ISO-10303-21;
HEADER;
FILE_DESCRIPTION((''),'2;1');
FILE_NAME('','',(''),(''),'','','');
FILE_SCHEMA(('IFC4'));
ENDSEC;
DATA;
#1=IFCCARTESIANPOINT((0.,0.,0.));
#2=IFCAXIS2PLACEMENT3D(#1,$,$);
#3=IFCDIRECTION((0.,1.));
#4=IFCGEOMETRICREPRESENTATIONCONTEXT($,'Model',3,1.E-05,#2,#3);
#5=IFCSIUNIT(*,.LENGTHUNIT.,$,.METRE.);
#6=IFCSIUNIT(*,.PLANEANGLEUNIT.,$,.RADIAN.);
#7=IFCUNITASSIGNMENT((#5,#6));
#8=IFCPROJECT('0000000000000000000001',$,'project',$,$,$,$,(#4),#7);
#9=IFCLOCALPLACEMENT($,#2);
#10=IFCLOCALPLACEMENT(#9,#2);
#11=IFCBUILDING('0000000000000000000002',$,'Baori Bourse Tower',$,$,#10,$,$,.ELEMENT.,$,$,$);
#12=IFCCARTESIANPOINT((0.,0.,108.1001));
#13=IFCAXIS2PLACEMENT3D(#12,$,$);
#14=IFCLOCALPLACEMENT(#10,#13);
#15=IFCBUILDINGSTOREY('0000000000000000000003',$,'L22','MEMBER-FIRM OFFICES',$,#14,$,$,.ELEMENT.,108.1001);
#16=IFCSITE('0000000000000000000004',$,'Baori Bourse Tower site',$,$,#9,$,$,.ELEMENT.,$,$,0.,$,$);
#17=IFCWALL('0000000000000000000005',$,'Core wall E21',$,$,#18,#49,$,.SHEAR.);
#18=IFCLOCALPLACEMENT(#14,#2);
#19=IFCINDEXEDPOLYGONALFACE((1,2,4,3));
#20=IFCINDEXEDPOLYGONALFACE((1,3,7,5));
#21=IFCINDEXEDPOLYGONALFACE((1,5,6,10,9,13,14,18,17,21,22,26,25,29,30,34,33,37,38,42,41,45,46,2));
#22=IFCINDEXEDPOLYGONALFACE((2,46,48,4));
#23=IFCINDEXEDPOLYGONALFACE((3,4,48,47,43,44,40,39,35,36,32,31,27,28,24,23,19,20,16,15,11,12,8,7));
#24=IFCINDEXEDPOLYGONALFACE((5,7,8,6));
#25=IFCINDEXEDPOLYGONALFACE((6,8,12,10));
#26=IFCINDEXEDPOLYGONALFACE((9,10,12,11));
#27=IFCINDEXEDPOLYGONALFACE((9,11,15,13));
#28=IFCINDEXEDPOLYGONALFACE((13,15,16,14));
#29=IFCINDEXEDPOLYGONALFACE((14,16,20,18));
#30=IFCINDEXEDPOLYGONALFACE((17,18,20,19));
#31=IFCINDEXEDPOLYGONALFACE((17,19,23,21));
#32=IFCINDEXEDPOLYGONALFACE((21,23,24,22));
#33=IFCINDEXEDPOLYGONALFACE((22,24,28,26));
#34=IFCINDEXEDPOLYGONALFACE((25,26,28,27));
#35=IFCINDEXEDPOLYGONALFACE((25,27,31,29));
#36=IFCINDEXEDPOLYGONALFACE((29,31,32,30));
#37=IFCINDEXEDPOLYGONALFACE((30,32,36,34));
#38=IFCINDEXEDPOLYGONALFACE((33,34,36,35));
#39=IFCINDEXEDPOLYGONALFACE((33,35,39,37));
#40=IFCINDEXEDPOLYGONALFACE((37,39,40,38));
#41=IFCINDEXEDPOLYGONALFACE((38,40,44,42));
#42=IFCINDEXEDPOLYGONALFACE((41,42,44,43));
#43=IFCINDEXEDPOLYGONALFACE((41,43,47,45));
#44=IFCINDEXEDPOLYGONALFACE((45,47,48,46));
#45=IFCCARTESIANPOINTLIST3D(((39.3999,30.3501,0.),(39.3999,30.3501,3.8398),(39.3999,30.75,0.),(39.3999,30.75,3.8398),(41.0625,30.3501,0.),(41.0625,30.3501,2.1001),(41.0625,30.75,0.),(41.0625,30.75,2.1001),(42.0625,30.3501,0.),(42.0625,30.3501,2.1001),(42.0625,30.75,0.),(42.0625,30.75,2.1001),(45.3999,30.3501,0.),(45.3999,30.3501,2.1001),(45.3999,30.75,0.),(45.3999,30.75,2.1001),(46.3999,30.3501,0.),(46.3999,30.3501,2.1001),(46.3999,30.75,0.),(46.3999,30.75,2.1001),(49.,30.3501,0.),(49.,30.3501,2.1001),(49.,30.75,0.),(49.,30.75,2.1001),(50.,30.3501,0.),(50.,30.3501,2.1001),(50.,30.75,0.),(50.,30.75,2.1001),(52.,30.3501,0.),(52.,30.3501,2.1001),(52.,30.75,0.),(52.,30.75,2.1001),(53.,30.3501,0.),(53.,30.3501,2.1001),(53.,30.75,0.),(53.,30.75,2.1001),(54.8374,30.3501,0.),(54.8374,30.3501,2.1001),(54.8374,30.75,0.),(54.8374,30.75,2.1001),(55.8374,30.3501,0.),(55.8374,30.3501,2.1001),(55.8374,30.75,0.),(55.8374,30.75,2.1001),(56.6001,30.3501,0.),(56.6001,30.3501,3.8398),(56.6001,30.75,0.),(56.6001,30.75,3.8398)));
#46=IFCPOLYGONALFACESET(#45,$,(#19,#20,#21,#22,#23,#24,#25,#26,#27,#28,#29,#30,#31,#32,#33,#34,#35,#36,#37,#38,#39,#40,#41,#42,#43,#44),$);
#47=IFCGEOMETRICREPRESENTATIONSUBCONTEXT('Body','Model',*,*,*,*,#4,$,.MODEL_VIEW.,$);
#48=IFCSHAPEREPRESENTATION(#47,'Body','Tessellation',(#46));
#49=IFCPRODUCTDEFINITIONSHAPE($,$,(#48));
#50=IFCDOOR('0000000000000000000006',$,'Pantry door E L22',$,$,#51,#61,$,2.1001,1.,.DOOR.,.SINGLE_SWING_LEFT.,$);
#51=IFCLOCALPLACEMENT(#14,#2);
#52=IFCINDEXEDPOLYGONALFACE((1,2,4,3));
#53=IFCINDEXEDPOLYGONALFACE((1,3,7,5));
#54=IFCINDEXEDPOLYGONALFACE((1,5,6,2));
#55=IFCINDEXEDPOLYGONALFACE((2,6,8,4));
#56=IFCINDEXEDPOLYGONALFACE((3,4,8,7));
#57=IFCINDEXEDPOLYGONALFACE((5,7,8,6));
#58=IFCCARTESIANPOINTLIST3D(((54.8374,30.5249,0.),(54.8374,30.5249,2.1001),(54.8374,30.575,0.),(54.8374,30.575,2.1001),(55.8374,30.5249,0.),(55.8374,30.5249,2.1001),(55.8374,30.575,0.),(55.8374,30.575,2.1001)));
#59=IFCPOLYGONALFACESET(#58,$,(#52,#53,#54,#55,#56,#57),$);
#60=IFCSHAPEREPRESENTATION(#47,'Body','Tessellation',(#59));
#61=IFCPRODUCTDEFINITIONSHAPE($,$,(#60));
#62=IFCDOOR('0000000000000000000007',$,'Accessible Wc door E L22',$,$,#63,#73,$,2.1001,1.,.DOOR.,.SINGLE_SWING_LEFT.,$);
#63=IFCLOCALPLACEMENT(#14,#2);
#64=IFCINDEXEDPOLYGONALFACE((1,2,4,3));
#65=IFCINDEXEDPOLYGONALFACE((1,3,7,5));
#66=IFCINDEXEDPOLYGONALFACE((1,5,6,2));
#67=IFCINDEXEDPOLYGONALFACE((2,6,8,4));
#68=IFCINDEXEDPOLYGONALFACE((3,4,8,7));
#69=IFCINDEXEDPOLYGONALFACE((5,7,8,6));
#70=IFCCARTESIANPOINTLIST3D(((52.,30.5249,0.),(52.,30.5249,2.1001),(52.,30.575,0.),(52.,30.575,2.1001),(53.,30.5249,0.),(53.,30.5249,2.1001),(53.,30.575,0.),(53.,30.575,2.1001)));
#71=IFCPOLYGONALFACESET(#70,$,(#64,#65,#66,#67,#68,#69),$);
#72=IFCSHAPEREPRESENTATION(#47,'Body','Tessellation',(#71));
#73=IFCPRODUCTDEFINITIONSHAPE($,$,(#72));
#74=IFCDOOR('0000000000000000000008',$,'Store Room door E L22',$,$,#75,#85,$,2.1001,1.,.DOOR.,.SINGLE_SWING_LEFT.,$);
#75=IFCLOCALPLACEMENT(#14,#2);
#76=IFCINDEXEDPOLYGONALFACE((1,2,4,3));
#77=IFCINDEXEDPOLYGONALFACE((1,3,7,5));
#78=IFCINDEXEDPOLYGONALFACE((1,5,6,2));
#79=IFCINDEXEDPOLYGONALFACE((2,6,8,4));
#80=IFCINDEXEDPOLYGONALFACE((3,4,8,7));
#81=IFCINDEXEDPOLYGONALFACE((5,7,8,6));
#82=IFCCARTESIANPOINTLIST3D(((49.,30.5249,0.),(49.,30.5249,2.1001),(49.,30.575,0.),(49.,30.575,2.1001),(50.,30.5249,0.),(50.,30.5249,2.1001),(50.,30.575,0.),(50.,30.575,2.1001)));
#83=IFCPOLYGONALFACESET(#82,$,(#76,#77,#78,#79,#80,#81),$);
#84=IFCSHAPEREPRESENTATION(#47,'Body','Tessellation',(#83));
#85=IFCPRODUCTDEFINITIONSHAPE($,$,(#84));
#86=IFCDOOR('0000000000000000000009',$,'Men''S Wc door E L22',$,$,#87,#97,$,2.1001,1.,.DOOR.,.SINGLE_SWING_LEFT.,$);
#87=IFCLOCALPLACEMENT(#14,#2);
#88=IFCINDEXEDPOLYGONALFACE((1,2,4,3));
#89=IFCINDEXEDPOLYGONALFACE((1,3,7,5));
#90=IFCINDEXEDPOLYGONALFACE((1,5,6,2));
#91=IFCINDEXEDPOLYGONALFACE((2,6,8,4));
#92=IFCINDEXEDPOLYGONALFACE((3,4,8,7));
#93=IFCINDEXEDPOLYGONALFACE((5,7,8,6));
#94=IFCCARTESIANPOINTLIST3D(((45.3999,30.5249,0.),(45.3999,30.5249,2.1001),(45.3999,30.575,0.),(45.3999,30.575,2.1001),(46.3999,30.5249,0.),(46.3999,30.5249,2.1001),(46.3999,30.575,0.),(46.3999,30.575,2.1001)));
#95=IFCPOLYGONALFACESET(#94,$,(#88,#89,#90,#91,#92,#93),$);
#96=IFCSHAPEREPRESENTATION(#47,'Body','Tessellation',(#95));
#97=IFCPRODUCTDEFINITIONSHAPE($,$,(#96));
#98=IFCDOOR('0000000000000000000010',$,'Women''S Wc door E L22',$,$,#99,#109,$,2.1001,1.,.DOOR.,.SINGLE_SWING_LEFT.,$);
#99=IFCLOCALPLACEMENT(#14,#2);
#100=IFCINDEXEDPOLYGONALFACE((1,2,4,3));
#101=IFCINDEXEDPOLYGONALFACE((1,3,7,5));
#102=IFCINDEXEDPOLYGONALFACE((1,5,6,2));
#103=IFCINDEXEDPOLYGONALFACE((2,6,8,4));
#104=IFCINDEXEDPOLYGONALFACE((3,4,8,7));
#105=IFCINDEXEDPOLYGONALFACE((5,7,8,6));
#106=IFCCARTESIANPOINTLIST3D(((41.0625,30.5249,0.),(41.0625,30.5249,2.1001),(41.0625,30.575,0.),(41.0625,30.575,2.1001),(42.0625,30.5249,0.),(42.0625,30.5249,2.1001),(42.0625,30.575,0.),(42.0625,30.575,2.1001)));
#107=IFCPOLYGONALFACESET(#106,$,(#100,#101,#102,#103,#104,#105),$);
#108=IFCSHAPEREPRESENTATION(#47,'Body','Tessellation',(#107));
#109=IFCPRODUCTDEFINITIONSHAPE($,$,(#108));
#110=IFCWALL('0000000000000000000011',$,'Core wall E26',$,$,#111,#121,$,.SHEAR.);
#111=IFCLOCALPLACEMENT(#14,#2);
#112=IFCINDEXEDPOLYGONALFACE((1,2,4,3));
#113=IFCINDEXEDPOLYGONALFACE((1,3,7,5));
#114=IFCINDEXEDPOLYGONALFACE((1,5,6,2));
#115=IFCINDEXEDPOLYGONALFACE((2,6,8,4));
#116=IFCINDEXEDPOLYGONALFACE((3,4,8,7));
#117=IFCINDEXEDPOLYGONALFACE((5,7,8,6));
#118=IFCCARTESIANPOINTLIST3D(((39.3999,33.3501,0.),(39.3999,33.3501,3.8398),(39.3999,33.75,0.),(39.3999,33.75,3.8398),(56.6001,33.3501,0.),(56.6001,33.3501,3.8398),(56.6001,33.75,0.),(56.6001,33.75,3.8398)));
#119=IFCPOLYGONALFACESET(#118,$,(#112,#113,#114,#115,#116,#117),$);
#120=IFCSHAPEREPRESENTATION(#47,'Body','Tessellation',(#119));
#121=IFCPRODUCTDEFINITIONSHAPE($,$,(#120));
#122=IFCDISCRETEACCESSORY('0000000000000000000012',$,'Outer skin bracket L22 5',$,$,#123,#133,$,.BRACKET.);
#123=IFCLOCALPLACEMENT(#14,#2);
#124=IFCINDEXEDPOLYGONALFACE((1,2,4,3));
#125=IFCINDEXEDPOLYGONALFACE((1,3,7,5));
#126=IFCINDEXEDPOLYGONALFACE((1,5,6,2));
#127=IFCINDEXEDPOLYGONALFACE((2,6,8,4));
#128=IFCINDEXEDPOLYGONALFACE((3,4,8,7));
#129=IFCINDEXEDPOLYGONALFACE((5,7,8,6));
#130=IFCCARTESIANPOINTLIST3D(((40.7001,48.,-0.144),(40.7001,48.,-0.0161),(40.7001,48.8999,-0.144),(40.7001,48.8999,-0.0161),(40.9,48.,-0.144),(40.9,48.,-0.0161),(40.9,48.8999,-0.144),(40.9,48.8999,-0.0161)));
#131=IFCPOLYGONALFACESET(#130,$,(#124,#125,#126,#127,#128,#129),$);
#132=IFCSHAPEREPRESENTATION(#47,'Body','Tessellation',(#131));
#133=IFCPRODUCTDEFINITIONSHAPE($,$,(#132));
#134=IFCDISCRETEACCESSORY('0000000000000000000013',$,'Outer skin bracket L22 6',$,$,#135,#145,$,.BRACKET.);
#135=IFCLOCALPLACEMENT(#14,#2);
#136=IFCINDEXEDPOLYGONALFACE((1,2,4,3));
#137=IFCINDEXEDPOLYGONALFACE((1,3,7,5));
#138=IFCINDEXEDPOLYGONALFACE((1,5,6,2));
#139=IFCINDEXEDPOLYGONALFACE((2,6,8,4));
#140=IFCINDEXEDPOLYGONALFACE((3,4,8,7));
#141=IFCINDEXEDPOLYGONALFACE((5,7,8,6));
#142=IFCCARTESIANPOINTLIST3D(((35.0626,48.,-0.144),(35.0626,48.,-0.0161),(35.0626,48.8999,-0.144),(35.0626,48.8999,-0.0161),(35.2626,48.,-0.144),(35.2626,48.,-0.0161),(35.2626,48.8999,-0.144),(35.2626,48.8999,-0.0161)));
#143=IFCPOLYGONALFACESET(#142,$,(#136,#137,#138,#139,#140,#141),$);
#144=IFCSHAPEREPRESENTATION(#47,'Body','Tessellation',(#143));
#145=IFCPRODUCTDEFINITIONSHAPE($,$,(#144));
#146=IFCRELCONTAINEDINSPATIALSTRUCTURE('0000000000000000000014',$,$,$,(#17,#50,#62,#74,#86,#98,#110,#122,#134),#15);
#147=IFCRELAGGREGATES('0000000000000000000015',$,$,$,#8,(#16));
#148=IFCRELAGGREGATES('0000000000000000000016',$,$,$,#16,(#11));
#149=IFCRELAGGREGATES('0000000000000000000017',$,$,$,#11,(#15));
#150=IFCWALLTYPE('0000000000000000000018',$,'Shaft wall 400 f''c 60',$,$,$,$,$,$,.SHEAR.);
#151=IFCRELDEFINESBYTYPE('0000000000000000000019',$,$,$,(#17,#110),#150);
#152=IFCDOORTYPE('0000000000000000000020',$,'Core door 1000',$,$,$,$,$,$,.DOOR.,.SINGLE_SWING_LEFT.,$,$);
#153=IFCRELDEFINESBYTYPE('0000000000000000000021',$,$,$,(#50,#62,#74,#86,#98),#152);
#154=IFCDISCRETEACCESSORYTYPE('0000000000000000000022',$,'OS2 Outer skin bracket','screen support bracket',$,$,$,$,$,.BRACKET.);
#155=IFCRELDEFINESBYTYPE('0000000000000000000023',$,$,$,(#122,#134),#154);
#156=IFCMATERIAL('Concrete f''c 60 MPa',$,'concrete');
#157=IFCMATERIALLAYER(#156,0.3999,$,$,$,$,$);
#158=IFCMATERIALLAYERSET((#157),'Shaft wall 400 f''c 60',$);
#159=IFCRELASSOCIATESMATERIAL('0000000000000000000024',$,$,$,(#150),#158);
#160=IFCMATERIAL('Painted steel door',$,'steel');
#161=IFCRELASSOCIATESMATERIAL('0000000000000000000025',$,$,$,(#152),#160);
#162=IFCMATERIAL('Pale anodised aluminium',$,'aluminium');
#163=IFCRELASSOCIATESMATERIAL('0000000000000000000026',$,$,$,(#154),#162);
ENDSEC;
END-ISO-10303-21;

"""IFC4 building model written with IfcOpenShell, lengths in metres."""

from ifc_helpers import new_model, si_unit, direction, frame, frame_2d, origin, origin_2d, place, context, subcontext, project, spatial, rectangle, extrude, material, layer, layer_set, type_object, element, fill, save


model = new_model("IFC4")

# Units and contexts
model_context = context("Model", 3, precision=1e-05, world=origin(), true_north=direction((0.0, 1.0)))
body_context = subcontext(model_context, "Body", "Model", "MODEL_VIEW")
ifc_project = project(units=[si_unit("LENGTHUNIT", "METRE"), si_unit("PLANEANGLEUNIT", "RADIAN")], contexts=[model_context])

# Site, building, storey
site_placement = place(None, origin())
site = spatial("IfcSite", under=ifc_project, at=site_placement, Name="Baori Bourse Tower site", CompositionType="ELEMENT", RefElevation=0.0)
building_placement = place(site_placement, origin())
building = spatial("IfcBuilding", under=site, at=building_placement, Name="Baori Bourse Tower", CompositionType="ELEMENT")
storey_placement = place(building_placement, frame((0.0, 0.0, 108.1001)))
storey = spatial("IfcBuildingStorey", under=building, at=storey_placement, Name="L22", Description="MEMBER-FIRM OFFICES", CompositionType="ELEMENT", Elevation=108.1001)

# Wall, openings, doors
ifc_material_1 = material(Name="Concrete f'c 60 MPa", Category="concrete")
ifc_layer_1 = layer(ifc_material_1, 0.3999)
ifc_layer_set_1 = layer_set([ifc_layer_1], Name="Shaft wall 400 f'c 60")
wall_type_1 = type_object("IfcWallType", Name="Shaft wall 400 f'c 60", PredefinedType="SHEAR", material=ifc_layer_set_1)
wall_1_placement = place(storey_placement, frame((39.3999, 30.55, 0.0), z_axis=(0.0, 0.0, 1.0), x_axis=(1.0, 0.0, 0.0)))
wall_1 = element("IfcWall", 1, at=wall_1_placement, inside=storey, type_object=wall_type_1, Name="Core wall E21", PredefinedType="SHEAR", context=body_context, shape_type="SweptSolid", body=[
    extrude(rectangle(XDim=17.2002, YDim=0.3999, at=frame_2d((8.6001, 0.0))), origin(), (0.0, 0.0, 1.0), 3.8398),
])
opening_1_placement = place(wall_1_placement, frame((15.4375, 0.0, 0.0)))
opening_1 = element("IfcOpeningElement", 2, at=opening_1_placement, cuts=wall_1, PredefinedType="OPENING", context=body_context, shape_type="SweptSolid", body=[
    extrude(rectangle(XDim=1.0, YDim=2.1001, at=frame_2d((0.5, 1.05))), frame((0.0, 0.21, 0.0), z_axis=(0.0, -1.0, 0.0), x_axis=(1.0, 0.0, 0.0)), (0.0, 0.0, 1.0), 0.4199),
])
opening_2_placement = place(wall_1_placement, frame((12.6001, 0.0, 0.0)))
opening_2 = element("IfcOpeningElement", 3, at=opening_2_placement, cuts=wall_1, PredefinedType="OPENING", context=body_context, shape_type="SweptSolid", body=[
    extrude(rectangle(XDim=1.0, YDim=2.1001, at=frame_2d((0.5, 1.05))), frame((0.0, 0.21, 0.0), z_axis=(0.0, -1.0, 0.0), x_axis=(1.0, 0.0, 0.0)), (0.0, 0.0, 1.0), 0.4199),
])
opening_3_placement = place(wall_1_placement, frame((9.6001, 0.0, 0.0)))
opening_3 = element("IfcOpeningElement", 4, at=opening_3_placement, cuts=wall_1, PredefinedType="OPENING", context=body_context, shape_type="SweptSolid", body=[
    extrude(rectangle(XDim=1.0, YDim=2.1001, at=frame_2d((0.5, 1.05))), frame((0.0, 0.21, 0.0), z_axis=(0.0, -1.0, 0.0), x_axis=(1.0, 0.0, 0.0)), (0.0, 0.0, 1.0), 0.4199),
])
opening_4_placement = place(wall_1_placement, frame((6.0, 0.0, 0.0)))
opening_4 = element("IfcOpeningElement", 5, at=opening_4_placement, cuts=wall_1, PredefinedType="OPENING", context=body_context, shape_type="SweptSolid", body=[
    extrude(rectangle(XDim=1.0, YDim=2.1001, at=frame_2d((0.5, 1.05))), frame((0.0, 0.21, 0.0), z_axis=(0.0, -1.0, 0.0), x_axis=(1.0, 0.0, 0.0)), (0.0, 0.0, 1.0), 0.4199),
])
opening_5_placement = place(wall_1_placement, frame((1.6626, 0.0, 0.0)))
opening_5 = element("IfcOpeningElement", 6, at=opening_5_placement, cuts=wall_1, PredefinedType="OPENING", context=body_context, shape_type="SweptSolid", body=[
    extrude(rectangle(XDim=1.0, YDim=2.1001, at=frame_2d((0.5, 1.05))), frame((0.0, 0.21, 0.0), z_axis=(0.0, -1.0, 0.0), x_axis=(1.0, 0.0, 0.0)), (0.0, 0.0, 1.0), 0.4199),
])
ifc_material_2 = material(Name="Painted steel door", Category="steel")
door_type_1 = type_object("IfcDoorType", Name="Core door 1000", OperationType="SINGLE_SWING_LEFT", PredefinedType="DOOR", material=ifc_material_2)
door_1_placement = place(opening_1_placement, origin())
door_1 = element("IfcDoor", 7, at=door_1_placement, inside=storey, type_object=door_type_1, Name="Pantry door E L22", OperationType="SINGLE_SWING_LEFT", OverallHeight=2.1001, OverallWidth=1.0, PredefinedType="DOOR", context=body_context, shape_type="SweptSolid", body=[
    extrude(rectangle(XDim=1.0, YDim=2.1001, at=frame_2d((0.5, 1.05))), frame((0.0, 0.0249, 0.0), z_axis=(0.0, -1.0, 0.0), x_axis=(1.0, 0.0, 0.0)), (0.0, 0.0, 1.0), 0.05),
])
fill(opening_1, door_1)
door_2_placement = place(opening_2_placement, origin())
door_2 = element("IfcDoor", 8, at=door_2_placement, inside=storey, type_object=door_type_1, Name="Accessible Wc door E L22", OperationType="SINGLE_SWING_LEFT", OverallHeight=2.1001, OverallWidth=1.0, PredefinedType="DOOR", context=body_context, shape_type="SweptSolid", body=[
    extrude(rectangle(XDim=1.0, YDim=2.1001, at=frame_2d((0.5, 1.05))), frame((0.0, 0.0249, 0.0), z_axis=(0.0, -1.0, 0.0), x_axis=(1.0, 0.0, 0.0)), (0.0, 0.0, 1.0), 0.05),
])
fill(opening_2, door_2)
door_3_placement = place(opening_3_placement, origin())
door_3 = element("IfcDoor", 9, at=door_3_placement, inside=storey, type_object=door_type_1, Name="Store Room door E L22", OperationType="SINGLE_SWING_LEFT", OverallHeight=2.1001, OverallWidth=1.0, PredefinedType="DOOR", context=body_context, shape_type="SweptSolid", body=[
    extrude(rectangle(XDim=1.0, YDim=2.1001, at=frame_2d((0.5, 1.05))), frame((0.0, 0.0249, 0.0), z_axis=(0.0, -1.0, 0.0), x_axis=(1.0, 0.0, 0.0)), (0.0, 0.0, 1.0), 0.05),
])
fill(opening_3, door_3)
door_4_placement = place(opening_4_placement, origin())
door_4 = element("IfcDoor", 10, at=door_4_placement, inside=storey, type_object=door_type_1, Name="Men'S Wc door E L22", OperationType="SINGLE_SWING_LEFT", OverallHeight=2.1001, OverallWidth=1.0, PredefinedType="DOOR", context=body_context, shape_type="SweptSolid", body=[
    extrude(rectangle(XDim=1.0, YDim=2.1001, at=frame_2d((0.5, 1.05))), frame((0.0, 0.0249, 0.0), z_axis=(0.0, -1.0, 0.0), x_axis=(1.0, 0.0, 0.0)), (0.0, 0.0, 1.0), 0.05),
])
fill(opening_4, door_4)
door_5_placement = place(opening_5_placement, origin())
door_5 = element("IfcDoor", 11, at=door_5_placement, inside=storey, type_object=door_type_1, Name="Women'S Wc door E L22", OperationType="SINGLE_SWING_LEFT", OverallHeight=2.1001, OverallWidth=1.0, PredefinedType="DOOR", context=body_context, shape_type="SweptSolid", body=[
    extrude(rectangle(XDim=1.0, YDim=2.1001, at=frame_2d((0.5, 1.05))), frame((0.0, 0.0249, 0.0), z_axis=(0.0, -1.0, 0.0), x_axis=(1.0, 0.0, 0.0)), (0.0, 0.0, 1.0), 0.05),
])
fill(opening_5, door_5)

# Wall
wall_2_placement = place(storey_placement, frame((39.3999, 33.55, 0.0), z_axis=(0.0, 0.0, 1.0), x_axis=(1.0, 0.0, 0.0)))
element("IfcWall", 12, at=wall_2_placement, inside=storey, type_object=wall_type_1, Name="Core wall E26", PredefinedType="SHEAR", context=body_context, shape_type="SweptSolid", body=[
    extrude(rectangle(XDim=17.2002, YDim=0.3999, at=frame_2d((8.6001, 0.0))), origin(), (0.0, 0.0, 1.0), 3.8398),
])

# Discrete accessories
ifc_material_3 = material(Name="Pale anodised aluminium", Category="aluminium")
discrete_accessory_type = type_object("IfcDiscreteAccessoryType", Name="OS2 Outer skin bracket", Description="screen support bracket", PredefinedType="BRACKET", material=ifc_material_3)
for number, where, z_axis, x_axis, name in (
    (13, (40.8, 48.45, -0.144), (0.0, 0.0, 1.0), (-1.0, 0.0, 0.0), "Outer skin bracket L22 5"),
    (14, (35.1626, 48.45, -0.144), (0.0, 0.0, 1.0), (-1.0, 0.0, 0.0), "Outer skin bracket L22 6"),
):
    element("IfcDiscreteAccessory", number, at=place(storey_placement, frame(where, z_axis=z_axis, x_axis=x_axis)), inside=storey, type_object=discrete_accessory_type, Name=name, PredefinedType="BRACKET", context=body_context, shape_type="SweptSolid", body=[
        extrude(rectangle(XDim=0.2, YDim=0.8999, at=origin_2d()), origin(), (0.0, 0.0, 1.0), 0.1279),
    ])

save(model, "model.ifc")
